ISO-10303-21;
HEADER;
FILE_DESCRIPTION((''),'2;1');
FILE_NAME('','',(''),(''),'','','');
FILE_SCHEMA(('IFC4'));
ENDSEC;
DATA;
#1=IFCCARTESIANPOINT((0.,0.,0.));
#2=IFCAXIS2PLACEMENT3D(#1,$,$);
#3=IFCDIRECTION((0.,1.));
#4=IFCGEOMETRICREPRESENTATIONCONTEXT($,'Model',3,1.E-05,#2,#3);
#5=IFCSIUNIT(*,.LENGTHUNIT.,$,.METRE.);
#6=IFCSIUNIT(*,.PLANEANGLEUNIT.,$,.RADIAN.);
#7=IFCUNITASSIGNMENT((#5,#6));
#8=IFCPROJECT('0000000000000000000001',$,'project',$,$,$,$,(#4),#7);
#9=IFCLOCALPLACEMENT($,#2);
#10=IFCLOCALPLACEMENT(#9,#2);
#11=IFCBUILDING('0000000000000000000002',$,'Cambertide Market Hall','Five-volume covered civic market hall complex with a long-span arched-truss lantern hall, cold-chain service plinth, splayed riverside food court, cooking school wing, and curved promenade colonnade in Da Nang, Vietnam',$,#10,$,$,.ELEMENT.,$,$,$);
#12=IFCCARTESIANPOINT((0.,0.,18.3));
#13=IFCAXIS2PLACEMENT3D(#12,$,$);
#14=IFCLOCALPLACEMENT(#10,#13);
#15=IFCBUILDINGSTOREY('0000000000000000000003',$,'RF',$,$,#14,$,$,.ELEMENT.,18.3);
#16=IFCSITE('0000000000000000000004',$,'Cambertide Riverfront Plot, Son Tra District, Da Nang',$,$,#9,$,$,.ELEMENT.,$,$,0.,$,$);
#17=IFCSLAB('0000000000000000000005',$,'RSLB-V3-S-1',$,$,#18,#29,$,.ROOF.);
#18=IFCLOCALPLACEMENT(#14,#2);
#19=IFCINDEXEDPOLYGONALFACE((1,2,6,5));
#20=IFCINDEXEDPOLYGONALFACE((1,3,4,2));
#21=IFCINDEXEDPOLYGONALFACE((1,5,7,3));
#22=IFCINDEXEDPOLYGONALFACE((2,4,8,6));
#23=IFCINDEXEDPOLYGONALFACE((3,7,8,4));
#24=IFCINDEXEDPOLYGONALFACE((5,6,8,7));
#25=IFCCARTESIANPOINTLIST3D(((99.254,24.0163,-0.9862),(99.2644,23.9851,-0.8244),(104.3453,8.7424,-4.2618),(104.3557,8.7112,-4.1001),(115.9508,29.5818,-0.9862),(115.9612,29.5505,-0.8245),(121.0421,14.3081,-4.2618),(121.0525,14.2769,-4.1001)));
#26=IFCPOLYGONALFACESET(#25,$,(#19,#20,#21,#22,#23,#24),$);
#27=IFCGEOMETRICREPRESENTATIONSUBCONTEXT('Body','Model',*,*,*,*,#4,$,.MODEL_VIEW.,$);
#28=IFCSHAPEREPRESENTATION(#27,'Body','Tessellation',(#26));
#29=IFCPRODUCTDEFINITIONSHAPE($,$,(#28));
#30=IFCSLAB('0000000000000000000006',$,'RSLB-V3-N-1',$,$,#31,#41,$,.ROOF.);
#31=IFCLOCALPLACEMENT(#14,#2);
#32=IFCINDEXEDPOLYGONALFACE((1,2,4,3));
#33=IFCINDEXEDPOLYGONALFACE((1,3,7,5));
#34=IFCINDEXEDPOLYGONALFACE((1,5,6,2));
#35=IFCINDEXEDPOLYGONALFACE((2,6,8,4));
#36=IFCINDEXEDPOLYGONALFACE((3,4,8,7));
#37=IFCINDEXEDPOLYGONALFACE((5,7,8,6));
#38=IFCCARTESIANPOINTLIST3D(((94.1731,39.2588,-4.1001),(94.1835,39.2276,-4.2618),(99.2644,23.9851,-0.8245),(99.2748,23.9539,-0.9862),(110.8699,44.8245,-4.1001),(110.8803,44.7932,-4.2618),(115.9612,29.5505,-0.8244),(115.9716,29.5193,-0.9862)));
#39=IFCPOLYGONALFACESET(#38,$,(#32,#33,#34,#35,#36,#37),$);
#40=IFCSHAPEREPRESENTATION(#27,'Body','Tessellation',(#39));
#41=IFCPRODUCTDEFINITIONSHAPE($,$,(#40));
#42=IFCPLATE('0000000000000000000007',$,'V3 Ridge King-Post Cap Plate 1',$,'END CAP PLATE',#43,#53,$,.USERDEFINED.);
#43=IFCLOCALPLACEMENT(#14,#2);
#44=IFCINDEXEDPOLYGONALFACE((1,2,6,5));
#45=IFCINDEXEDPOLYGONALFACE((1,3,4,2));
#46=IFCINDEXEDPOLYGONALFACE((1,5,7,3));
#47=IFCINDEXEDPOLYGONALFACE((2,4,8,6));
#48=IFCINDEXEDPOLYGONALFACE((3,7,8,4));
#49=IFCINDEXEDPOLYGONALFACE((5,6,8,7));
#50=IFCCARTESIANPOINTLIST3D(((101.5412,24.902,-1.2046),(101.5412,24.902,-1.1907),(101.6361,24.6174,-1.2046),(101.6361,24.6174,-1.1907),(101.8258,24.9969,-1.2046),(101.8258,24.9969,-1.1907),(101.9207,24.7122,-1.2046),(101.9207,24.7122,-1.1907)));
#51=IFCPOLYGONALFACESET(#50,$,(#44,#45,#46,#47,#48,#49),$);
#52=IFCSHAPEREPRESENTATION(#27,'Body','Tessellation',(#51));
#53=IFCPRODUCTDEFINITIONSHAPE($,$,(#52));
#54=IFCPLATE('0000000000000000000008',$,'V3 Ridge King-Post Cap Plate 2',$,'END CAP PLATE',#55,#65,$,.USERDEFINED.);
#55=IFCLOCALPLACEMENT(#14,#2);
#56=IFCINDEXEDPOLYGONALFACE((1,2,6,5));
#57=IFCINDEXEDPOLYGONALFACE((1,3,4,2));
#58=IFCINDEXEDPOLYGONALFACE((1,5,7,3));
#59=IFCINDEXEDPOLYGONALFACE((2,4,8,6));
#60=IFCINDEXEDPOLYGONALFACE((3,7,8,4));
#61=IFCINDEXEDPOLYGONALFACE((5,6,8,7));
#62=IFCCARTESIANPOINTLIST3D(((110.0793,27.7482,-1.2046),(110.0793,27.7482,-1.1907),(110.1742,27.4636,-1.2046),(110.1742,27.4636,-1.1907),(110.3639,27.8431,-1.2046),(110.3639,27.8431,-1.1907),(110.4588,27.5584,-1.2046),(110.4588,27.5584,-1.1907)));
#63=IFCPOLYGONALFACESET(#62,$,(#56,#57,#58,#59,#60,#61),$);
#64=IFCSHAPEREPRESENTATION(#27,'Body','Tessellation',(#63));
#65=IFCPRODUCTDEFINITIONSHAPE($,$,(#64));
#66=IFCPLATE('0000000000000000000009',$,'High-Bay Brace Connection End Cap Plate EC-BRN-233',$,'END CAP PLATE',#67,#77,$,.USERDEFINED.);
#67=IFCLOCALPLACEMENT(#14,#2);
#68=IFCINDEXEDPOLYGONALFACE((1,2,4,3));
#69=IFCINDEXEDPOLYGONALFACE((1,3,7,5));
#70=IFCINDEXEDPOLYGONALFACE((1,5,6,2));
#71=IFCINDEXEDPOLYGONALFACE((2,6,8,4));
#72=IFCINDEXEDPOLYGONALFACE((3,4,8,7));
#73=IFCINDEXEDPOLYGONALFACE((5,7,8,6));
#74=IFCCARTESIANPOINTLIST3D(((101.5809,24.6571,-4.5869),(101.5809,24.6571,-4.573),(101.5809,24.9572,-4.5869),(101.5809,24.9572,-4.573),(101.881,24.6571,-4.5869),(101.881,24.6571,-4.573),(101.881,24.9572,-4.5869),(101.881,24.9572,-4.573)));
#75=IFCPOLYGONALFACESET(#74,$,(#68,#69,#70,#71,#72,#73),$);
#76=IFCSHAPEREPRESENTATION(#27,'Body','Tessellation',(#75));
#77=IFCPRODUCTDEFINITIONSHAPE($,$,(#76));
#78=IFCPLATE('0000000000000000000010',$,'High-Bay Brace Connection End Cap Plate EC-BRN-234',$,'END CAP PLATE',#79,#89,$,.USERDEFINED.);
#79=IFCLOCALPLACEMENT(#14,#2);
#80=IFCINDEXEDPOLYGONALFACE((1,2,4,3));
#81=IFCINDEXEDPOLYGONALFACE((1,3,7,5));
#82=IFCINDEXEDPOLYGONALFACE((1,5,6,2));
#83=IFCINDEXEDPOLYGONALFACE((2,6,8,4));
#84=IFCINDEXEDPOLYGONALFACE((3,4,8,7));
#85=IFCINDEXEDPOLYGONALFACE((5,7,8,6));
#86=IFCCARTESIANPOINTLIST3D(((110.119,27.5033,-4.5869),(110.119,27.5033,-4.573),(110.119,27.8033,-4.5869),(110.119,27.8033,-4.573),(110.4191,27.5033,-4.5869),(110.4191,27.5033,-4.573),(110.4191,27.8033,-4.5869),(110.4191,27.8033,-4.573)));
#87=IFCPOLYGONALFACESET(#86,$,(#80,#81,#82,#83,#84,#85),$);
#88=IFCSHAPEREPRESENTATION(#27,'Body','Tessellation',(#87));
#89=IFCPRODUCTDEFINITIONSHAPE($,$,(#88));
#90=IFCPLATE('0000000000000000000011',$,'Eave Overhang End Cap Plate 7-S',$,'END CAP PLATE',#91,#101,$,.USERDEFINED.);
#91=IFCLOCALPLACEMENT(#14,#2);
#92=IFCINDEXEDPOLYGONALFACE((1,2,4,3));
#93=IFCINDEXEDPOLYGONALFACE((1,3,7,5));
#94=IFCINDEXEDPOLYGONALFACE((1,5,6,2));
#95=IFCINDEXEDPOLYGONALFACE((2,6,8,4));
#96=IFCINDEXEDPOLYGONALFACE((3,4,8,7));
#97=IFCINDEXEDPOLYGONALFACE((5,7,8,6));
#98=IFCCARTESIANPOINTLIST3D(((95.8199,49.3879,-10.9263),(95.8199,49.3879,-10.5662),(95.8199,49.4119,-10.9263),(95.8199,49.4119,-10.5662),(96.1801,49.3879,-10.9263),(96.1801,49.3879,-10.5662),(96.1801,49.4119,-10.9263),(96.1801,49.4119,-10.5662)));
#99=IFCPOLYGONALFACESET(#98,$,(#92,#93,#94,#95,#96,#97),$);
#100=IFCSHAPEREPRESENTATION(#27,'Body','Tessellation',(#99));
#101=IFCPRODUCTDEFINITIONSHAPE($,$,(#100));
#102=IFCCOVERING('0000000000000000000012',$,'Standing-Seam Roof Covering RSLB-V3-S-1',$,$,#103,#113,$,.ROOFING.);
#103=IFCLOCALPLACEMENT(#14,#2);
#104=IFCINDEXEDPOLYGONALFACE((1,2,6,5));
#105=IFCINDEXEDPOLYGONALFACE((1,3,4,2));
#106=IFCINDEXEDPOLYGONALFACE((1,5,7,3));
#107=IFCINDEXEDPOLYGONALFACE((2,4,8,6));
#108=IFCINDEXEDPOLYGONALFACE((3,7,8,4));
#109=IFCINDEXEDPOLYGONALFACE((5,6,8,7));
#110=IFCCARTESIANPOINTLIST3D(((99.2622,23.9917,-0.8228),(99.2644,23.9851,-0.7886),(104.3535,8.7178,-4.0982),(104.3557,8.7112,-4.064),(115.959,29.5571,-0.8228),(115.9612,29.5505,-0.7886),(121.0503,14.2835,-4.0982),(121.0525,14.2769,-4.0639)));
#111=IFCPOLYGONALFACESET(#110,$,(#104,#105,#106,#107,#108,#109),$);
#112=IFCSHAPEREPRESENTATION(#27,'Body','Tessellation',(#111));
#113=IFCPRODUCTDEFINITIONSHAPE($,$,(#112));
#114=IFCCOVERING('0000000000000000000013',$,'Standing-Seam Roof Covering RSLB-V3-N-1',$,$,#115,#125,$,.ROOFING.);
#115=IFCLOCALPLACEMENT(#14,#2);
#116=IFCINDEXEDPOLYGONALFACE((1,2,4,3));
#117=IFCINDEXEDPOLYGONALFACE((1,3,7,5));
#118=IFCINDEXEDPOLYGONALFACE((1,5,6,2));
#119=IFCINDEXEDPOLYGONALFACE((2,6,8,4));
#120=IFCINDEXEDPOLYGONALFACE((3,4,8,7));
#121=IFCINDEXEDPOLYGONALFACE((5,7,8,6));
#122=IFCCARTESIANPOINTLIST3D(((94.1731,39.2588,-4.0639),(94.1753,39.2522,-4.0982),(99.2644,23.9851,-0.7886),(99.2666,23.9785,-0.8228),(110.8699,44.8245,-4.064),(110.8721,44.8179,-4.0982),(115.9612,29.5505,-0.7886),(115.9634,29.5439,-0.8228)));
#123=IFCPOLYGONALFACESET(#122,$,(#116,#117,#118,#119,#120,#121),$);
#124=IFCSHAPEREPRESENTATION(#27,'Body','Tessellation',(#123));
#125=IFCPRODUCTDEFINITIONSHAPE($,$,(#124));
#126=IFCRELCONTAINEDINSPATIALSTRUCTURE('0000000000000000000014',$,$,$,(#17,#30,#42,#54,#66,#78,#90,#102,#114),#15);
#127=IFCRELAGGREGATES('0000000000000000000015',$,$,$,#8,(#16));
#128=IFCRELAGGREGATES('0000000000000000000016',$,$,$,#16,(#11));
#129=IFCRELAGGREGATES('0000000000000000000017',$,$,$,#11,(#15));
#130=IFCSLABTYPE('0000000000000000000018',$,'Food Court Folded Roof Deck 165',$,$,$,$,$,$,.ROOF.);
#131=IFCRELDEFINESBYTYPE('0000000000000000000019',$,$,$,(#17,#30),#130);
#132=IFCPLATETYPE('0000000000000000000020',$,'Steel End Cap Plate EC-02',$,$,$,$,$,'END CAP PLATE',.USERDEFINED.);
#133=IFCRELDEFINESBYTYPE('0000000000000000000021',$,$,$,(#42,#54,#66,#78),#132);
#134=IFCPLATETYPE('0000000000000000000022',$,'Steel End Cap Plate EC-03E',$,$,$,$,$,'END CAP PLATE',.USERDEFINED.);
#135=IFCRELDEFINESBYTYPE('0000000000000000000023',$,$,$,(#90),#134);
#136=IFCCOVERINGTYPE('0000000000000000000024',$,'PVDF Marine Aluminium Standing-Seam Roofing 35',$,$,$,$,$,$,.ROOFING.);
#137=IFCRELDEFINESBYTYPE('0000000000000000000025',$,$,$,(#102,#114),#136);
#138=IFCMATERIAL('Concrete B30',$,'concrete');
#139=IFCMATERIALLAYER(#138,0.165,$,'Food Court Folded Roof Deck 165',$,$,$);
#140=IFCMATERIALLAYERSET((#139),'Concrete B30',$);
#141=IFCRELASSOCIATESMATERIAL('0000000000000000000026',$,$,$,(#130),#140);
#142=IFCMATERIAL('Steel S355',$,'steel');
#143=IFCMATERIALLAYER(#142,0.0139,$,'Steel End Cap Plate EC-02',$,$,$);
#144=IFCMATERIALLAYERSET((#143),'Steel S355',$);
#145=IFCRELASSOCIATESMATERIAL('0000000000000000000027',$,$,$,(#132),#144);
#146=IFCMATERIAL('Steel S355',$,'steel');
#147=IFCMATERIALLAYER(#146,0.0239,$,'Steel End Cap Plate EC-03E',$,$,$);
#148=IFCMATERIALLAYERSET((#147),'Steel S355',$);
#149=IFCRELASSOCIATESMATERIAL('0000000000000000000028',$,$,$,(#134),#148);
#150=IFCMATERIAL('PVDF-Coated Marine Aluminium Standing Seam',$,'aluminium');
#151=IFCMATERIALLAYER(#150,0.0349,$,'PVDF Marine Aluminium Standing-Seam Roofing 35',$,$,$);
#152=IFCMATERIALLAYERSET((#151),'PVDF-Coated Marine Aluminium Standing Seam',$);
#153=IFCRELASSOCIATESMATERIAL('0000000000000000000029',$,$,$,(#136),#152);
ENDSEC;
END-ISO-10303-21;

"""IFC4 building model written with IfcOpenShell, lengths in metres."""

from ifc_helpers import new_model, si_unit, direction, frame, origin, origin_2d, place, context, subcontext, project, spatial, polyline, rectangle, outline, extrude, material, layer, layer_set, type_object, element, save


model = new_model("IFC4")

# Units and contexts
model_context = context("Model", 3, precision=1e-05, world=origin(), true_north=direction((0.0, 1.0)))
body_context = subcontext(model_context, "Body", "Model", "MODEL_VIEW")
ifc_project = project(units=[si_unit("LENGTHUNIT", "METRE"), si_unit("PLANEANGLEUNIT", "RADIAN")], contexts=[model_context])

# Site, building, storey
site_placement = place(None, origin())
site = spatial("IfcSite", under=ifc_project, at=site_placement, Name="Cambertide Riverfront Plot, Son Tra District, Da Nang", CompositionType="ELEMENT", RefElevation=0.0)
building_placement = place(site_placement, origin())
building = spatial("IfcBuilding", under=site, at=building_placement, Name="Cambertide Market Hall", Description="Five-volume covered civic market hall complex with a long-span arched-truss lantern hall, cold-chain service plinth, splayed riverside food court, cooking school wing, and curved promenade colonnade in Da Nang, Vietnam", CompositionType="ELEMENT")
storey_placement = place(building_placement, frame((0.0, 0.0, 18.3)))
storey = spatial("IfcBuildingStorey", under=building, at=storey_placement, Name="RF", CompositionType="ELEMENT", Elevation=18.3)

# Slabs
ifc_material_1 = material(Name="Concrete B30", Category="concrete")
ifc_layer_1 = layer(ifc_material_1, 0.165, Name="Food Court Folded Roof Deck 165")
ifc_layer_set_1 = layer_set([ifc_layer_1], Name="Concrete B30")
slab_type = type_object("IfcSlabType", Name="Food Court Folded Roof Deck 165", PredefinedType="ROOF", material=ifc_layer_set_1)
slab_1_placement = place(storey_placement, frame((104.3557, 8.7112, -4.1001), z_axis=(0.063046, -0.18914, 0.979924), x_axis=(0.948682, 0.316232, 0.000001)))
element("IfcSlab", 1, at=slab_1_placement, inside=storey, type_object=slab_type, Name="RSLB-V3-S-1", PredefinedType="ROOF", context=body_context, shape_type="SweptSolid", body=[
    extrude(outline(polyline([(0.0, 0.0), (17.6, 0.0), (17.6, 16.4297), (0.0001, 16.43), (0.0, 0.0)])), origin(), (0.0, 0.0, -1.0), 0.165),
])
slab_2_placement = place(storey_placement, frame((99.2644, 23.9851, -0.8245), z_axis=(-0.063046, 0.18914, 0.979924), x_axis=(0.948686, 0.31622, 0.000001)))
element("IfcSlab", 2, at=slab_2_placement, inside=storey, type_object=slab_type, Name="RSLB-V3-N-1", PredefinedType="ROOF", context=body_context, shape_type="SweptSolid", body=[
    extrude(outline(polyline([(0.0, 0.0), (17.5999, 0.0), (17.5998, 16.43), (-0.0002, 16.4297), (0.0, 0.0)])), origin(), (0.0, 0.0, -1.0), 0.165),
])

# Plates
ifc_material_2 = material(Name="Steel S355", Category="steel")
ifc_layer_2 = layer(ifc_material_2, 0.0139, Name="Steel End Cap Plate EC-02")
ifc_layer_set_2 = layer_set([ifc_layer_2], Name="Steel S355")
plate_type_1 = type_object("IfcPlateType", Name="Steel End Cap Plate EC-02", ElementType="END CAP PLATE", PredefinedType="USERDEFINED", material=ifc_layer_set_2)
for number, where, z_axis, x_axis, name in (
    (3, (101.731, 24.8071, -1.2046), (0.0, 0.0, 1.0), (0.948683, 0.316228, 0.0), "V3 Ridge King-Post Cap Plate 1"),
    (4, (110.269, 27.6533, -1.2046), (0.0, 0.0, 1.0), (0.948683, 0.316228, 0.0), "V3 Ridge King-Post Cap Plate 2"),
    (5, (101.731, 24.8071, -4.5869), (0.0, 0.0, 1.0), (1.0, 0.0, 0.0), "High-Bay Brace Connection End Cap Plate EC-BRN-233"),
    (6, (110.269, 27.6533, -4.5869), (0.0, 0.0, 1.0), (1.0, 0.0, 0.0), "High-Bay Brace Connection End Cap Plate EC-BRN-234"),
):
    element("IfcPlate", number, at=place(storey_placement, frame(where, z_axis=z_axis, x_axis=x_axis)), inside=storey, type_object=plate_type_1, Name=name, ObjectType="END CAP PLATE", PredefinedType="USERDEFINED", context=body_context, shape_type="SweptSolid", body=[
        extrude(rectangle(XDim=0.3, YDim=0.3, at=origin_2d()), origin(), (0.0, 0.0, 1.0), 0.0139),
    ])
ifc_material_3 = material(Name="Steel S355", Category="steel")
ifc_layer_3 = layer(ifc_material_3, 0.0239, Name="Steel End Cap Plate EC-03E")
ifc_layer_set_3 = layer_set([ifc_layer_3], Name="Steel S355")
plate_type_2 = type_object("IfcPlateType", Name="Steel End Cap Plate EC-03E", ElementType="END CAP PLATE", PredefinedType="USERDEFINED", material=ifc_layer_set_3)
plate_placement = place(storey_placement, frame((96.0, 49.3999, -10.9263), z_axis=(0.0, 0.0, 1.0), x_axis=(1.0, 0.0, 0.0)))
element("IfcPlate", 7, at=plate_placement, inside=storey, type_object=plate_type_2, Name="Eave Overhang End Cap Plate 7-S", ObjectType="END CAP PLATE", PredefinedType="USERDEFINED", context=body_context, shape_type="SweptSolid", body=[
    extrude(rectangle(XDim=0.3601, YDim=0.0239, at=origin_2d()), origin(), (0.0, 0.0, 1.0), 0.3601),
])

# Coverings
ifc_material_4 = material(Name="PVDF-Coated Marine Aluminium Standing Seam", Category="aluminium")
ifc_layer_4 = layer(ifc_material_4, 0.0349, Name="PVDF Marine Aluminium Standing-Seam Roofing 35")
ifc_layer_set_4 = layer_set([ifc_layer_4], Name="PVDF-Coated Marine Aluminium Standing Seam")
covering_type = type_object("IfcCoveringType", Name="PVDF Marine Aluminium Standing-Seam Roofing 35", PredefinedType="ROOFING", material=ifc_layer_set_4)
covering_1_placement = place(storey_placement, frame((104.3557, 8.7112, -4.064), z_axis=(0.063042, -0.189126, 0.979927), x_axis=(0.948682, 0.316232, 0.000001)))
element("IfcCovering", 8, at=covering_1_placement, inside=storey, type_object=covering_type, Name="Standing-Seam Roof Covering RSLB-V3-S-1", PredefinedType="ROOFING", context=body_context, shape_type="SweptSolid", body=[
    extrude(outline(polyline([(0.0, 0.0), (17.6, 0.0), (17.6, 16.4297), (0.0001, 16.4299), (0.0, 0.0)])), origin(), (0.0, 0.0, -1.0), 0.0349),
])
covering_2_placement = place(storey_placement, frame((99.2644, 23.9851, -0.7886), z_axis=(-0.063042, 0.189126, 0.979927), x_axis=(0.948686, 0.31622, 0.000001)))
element("IfcCovering", 9, at=covering_2_placement, inside=storey, type_object=covering_type, Name="Standing-Seam Roof Covering RSLB-V3-N-1", PredefinedType="ROOFING", context=body_context, shape_type="SweptSolid", body=[
    extrude(outline(polyline([(0.0, 0.0), (17.5999, 0.0), (17.5998, 16.4299), (-0.0002, 16.4297), (0.0, 0.0)])), origin(), (0.0, 0.0, -1.0), 0.0349),
])

save(model, "model.ifc")
